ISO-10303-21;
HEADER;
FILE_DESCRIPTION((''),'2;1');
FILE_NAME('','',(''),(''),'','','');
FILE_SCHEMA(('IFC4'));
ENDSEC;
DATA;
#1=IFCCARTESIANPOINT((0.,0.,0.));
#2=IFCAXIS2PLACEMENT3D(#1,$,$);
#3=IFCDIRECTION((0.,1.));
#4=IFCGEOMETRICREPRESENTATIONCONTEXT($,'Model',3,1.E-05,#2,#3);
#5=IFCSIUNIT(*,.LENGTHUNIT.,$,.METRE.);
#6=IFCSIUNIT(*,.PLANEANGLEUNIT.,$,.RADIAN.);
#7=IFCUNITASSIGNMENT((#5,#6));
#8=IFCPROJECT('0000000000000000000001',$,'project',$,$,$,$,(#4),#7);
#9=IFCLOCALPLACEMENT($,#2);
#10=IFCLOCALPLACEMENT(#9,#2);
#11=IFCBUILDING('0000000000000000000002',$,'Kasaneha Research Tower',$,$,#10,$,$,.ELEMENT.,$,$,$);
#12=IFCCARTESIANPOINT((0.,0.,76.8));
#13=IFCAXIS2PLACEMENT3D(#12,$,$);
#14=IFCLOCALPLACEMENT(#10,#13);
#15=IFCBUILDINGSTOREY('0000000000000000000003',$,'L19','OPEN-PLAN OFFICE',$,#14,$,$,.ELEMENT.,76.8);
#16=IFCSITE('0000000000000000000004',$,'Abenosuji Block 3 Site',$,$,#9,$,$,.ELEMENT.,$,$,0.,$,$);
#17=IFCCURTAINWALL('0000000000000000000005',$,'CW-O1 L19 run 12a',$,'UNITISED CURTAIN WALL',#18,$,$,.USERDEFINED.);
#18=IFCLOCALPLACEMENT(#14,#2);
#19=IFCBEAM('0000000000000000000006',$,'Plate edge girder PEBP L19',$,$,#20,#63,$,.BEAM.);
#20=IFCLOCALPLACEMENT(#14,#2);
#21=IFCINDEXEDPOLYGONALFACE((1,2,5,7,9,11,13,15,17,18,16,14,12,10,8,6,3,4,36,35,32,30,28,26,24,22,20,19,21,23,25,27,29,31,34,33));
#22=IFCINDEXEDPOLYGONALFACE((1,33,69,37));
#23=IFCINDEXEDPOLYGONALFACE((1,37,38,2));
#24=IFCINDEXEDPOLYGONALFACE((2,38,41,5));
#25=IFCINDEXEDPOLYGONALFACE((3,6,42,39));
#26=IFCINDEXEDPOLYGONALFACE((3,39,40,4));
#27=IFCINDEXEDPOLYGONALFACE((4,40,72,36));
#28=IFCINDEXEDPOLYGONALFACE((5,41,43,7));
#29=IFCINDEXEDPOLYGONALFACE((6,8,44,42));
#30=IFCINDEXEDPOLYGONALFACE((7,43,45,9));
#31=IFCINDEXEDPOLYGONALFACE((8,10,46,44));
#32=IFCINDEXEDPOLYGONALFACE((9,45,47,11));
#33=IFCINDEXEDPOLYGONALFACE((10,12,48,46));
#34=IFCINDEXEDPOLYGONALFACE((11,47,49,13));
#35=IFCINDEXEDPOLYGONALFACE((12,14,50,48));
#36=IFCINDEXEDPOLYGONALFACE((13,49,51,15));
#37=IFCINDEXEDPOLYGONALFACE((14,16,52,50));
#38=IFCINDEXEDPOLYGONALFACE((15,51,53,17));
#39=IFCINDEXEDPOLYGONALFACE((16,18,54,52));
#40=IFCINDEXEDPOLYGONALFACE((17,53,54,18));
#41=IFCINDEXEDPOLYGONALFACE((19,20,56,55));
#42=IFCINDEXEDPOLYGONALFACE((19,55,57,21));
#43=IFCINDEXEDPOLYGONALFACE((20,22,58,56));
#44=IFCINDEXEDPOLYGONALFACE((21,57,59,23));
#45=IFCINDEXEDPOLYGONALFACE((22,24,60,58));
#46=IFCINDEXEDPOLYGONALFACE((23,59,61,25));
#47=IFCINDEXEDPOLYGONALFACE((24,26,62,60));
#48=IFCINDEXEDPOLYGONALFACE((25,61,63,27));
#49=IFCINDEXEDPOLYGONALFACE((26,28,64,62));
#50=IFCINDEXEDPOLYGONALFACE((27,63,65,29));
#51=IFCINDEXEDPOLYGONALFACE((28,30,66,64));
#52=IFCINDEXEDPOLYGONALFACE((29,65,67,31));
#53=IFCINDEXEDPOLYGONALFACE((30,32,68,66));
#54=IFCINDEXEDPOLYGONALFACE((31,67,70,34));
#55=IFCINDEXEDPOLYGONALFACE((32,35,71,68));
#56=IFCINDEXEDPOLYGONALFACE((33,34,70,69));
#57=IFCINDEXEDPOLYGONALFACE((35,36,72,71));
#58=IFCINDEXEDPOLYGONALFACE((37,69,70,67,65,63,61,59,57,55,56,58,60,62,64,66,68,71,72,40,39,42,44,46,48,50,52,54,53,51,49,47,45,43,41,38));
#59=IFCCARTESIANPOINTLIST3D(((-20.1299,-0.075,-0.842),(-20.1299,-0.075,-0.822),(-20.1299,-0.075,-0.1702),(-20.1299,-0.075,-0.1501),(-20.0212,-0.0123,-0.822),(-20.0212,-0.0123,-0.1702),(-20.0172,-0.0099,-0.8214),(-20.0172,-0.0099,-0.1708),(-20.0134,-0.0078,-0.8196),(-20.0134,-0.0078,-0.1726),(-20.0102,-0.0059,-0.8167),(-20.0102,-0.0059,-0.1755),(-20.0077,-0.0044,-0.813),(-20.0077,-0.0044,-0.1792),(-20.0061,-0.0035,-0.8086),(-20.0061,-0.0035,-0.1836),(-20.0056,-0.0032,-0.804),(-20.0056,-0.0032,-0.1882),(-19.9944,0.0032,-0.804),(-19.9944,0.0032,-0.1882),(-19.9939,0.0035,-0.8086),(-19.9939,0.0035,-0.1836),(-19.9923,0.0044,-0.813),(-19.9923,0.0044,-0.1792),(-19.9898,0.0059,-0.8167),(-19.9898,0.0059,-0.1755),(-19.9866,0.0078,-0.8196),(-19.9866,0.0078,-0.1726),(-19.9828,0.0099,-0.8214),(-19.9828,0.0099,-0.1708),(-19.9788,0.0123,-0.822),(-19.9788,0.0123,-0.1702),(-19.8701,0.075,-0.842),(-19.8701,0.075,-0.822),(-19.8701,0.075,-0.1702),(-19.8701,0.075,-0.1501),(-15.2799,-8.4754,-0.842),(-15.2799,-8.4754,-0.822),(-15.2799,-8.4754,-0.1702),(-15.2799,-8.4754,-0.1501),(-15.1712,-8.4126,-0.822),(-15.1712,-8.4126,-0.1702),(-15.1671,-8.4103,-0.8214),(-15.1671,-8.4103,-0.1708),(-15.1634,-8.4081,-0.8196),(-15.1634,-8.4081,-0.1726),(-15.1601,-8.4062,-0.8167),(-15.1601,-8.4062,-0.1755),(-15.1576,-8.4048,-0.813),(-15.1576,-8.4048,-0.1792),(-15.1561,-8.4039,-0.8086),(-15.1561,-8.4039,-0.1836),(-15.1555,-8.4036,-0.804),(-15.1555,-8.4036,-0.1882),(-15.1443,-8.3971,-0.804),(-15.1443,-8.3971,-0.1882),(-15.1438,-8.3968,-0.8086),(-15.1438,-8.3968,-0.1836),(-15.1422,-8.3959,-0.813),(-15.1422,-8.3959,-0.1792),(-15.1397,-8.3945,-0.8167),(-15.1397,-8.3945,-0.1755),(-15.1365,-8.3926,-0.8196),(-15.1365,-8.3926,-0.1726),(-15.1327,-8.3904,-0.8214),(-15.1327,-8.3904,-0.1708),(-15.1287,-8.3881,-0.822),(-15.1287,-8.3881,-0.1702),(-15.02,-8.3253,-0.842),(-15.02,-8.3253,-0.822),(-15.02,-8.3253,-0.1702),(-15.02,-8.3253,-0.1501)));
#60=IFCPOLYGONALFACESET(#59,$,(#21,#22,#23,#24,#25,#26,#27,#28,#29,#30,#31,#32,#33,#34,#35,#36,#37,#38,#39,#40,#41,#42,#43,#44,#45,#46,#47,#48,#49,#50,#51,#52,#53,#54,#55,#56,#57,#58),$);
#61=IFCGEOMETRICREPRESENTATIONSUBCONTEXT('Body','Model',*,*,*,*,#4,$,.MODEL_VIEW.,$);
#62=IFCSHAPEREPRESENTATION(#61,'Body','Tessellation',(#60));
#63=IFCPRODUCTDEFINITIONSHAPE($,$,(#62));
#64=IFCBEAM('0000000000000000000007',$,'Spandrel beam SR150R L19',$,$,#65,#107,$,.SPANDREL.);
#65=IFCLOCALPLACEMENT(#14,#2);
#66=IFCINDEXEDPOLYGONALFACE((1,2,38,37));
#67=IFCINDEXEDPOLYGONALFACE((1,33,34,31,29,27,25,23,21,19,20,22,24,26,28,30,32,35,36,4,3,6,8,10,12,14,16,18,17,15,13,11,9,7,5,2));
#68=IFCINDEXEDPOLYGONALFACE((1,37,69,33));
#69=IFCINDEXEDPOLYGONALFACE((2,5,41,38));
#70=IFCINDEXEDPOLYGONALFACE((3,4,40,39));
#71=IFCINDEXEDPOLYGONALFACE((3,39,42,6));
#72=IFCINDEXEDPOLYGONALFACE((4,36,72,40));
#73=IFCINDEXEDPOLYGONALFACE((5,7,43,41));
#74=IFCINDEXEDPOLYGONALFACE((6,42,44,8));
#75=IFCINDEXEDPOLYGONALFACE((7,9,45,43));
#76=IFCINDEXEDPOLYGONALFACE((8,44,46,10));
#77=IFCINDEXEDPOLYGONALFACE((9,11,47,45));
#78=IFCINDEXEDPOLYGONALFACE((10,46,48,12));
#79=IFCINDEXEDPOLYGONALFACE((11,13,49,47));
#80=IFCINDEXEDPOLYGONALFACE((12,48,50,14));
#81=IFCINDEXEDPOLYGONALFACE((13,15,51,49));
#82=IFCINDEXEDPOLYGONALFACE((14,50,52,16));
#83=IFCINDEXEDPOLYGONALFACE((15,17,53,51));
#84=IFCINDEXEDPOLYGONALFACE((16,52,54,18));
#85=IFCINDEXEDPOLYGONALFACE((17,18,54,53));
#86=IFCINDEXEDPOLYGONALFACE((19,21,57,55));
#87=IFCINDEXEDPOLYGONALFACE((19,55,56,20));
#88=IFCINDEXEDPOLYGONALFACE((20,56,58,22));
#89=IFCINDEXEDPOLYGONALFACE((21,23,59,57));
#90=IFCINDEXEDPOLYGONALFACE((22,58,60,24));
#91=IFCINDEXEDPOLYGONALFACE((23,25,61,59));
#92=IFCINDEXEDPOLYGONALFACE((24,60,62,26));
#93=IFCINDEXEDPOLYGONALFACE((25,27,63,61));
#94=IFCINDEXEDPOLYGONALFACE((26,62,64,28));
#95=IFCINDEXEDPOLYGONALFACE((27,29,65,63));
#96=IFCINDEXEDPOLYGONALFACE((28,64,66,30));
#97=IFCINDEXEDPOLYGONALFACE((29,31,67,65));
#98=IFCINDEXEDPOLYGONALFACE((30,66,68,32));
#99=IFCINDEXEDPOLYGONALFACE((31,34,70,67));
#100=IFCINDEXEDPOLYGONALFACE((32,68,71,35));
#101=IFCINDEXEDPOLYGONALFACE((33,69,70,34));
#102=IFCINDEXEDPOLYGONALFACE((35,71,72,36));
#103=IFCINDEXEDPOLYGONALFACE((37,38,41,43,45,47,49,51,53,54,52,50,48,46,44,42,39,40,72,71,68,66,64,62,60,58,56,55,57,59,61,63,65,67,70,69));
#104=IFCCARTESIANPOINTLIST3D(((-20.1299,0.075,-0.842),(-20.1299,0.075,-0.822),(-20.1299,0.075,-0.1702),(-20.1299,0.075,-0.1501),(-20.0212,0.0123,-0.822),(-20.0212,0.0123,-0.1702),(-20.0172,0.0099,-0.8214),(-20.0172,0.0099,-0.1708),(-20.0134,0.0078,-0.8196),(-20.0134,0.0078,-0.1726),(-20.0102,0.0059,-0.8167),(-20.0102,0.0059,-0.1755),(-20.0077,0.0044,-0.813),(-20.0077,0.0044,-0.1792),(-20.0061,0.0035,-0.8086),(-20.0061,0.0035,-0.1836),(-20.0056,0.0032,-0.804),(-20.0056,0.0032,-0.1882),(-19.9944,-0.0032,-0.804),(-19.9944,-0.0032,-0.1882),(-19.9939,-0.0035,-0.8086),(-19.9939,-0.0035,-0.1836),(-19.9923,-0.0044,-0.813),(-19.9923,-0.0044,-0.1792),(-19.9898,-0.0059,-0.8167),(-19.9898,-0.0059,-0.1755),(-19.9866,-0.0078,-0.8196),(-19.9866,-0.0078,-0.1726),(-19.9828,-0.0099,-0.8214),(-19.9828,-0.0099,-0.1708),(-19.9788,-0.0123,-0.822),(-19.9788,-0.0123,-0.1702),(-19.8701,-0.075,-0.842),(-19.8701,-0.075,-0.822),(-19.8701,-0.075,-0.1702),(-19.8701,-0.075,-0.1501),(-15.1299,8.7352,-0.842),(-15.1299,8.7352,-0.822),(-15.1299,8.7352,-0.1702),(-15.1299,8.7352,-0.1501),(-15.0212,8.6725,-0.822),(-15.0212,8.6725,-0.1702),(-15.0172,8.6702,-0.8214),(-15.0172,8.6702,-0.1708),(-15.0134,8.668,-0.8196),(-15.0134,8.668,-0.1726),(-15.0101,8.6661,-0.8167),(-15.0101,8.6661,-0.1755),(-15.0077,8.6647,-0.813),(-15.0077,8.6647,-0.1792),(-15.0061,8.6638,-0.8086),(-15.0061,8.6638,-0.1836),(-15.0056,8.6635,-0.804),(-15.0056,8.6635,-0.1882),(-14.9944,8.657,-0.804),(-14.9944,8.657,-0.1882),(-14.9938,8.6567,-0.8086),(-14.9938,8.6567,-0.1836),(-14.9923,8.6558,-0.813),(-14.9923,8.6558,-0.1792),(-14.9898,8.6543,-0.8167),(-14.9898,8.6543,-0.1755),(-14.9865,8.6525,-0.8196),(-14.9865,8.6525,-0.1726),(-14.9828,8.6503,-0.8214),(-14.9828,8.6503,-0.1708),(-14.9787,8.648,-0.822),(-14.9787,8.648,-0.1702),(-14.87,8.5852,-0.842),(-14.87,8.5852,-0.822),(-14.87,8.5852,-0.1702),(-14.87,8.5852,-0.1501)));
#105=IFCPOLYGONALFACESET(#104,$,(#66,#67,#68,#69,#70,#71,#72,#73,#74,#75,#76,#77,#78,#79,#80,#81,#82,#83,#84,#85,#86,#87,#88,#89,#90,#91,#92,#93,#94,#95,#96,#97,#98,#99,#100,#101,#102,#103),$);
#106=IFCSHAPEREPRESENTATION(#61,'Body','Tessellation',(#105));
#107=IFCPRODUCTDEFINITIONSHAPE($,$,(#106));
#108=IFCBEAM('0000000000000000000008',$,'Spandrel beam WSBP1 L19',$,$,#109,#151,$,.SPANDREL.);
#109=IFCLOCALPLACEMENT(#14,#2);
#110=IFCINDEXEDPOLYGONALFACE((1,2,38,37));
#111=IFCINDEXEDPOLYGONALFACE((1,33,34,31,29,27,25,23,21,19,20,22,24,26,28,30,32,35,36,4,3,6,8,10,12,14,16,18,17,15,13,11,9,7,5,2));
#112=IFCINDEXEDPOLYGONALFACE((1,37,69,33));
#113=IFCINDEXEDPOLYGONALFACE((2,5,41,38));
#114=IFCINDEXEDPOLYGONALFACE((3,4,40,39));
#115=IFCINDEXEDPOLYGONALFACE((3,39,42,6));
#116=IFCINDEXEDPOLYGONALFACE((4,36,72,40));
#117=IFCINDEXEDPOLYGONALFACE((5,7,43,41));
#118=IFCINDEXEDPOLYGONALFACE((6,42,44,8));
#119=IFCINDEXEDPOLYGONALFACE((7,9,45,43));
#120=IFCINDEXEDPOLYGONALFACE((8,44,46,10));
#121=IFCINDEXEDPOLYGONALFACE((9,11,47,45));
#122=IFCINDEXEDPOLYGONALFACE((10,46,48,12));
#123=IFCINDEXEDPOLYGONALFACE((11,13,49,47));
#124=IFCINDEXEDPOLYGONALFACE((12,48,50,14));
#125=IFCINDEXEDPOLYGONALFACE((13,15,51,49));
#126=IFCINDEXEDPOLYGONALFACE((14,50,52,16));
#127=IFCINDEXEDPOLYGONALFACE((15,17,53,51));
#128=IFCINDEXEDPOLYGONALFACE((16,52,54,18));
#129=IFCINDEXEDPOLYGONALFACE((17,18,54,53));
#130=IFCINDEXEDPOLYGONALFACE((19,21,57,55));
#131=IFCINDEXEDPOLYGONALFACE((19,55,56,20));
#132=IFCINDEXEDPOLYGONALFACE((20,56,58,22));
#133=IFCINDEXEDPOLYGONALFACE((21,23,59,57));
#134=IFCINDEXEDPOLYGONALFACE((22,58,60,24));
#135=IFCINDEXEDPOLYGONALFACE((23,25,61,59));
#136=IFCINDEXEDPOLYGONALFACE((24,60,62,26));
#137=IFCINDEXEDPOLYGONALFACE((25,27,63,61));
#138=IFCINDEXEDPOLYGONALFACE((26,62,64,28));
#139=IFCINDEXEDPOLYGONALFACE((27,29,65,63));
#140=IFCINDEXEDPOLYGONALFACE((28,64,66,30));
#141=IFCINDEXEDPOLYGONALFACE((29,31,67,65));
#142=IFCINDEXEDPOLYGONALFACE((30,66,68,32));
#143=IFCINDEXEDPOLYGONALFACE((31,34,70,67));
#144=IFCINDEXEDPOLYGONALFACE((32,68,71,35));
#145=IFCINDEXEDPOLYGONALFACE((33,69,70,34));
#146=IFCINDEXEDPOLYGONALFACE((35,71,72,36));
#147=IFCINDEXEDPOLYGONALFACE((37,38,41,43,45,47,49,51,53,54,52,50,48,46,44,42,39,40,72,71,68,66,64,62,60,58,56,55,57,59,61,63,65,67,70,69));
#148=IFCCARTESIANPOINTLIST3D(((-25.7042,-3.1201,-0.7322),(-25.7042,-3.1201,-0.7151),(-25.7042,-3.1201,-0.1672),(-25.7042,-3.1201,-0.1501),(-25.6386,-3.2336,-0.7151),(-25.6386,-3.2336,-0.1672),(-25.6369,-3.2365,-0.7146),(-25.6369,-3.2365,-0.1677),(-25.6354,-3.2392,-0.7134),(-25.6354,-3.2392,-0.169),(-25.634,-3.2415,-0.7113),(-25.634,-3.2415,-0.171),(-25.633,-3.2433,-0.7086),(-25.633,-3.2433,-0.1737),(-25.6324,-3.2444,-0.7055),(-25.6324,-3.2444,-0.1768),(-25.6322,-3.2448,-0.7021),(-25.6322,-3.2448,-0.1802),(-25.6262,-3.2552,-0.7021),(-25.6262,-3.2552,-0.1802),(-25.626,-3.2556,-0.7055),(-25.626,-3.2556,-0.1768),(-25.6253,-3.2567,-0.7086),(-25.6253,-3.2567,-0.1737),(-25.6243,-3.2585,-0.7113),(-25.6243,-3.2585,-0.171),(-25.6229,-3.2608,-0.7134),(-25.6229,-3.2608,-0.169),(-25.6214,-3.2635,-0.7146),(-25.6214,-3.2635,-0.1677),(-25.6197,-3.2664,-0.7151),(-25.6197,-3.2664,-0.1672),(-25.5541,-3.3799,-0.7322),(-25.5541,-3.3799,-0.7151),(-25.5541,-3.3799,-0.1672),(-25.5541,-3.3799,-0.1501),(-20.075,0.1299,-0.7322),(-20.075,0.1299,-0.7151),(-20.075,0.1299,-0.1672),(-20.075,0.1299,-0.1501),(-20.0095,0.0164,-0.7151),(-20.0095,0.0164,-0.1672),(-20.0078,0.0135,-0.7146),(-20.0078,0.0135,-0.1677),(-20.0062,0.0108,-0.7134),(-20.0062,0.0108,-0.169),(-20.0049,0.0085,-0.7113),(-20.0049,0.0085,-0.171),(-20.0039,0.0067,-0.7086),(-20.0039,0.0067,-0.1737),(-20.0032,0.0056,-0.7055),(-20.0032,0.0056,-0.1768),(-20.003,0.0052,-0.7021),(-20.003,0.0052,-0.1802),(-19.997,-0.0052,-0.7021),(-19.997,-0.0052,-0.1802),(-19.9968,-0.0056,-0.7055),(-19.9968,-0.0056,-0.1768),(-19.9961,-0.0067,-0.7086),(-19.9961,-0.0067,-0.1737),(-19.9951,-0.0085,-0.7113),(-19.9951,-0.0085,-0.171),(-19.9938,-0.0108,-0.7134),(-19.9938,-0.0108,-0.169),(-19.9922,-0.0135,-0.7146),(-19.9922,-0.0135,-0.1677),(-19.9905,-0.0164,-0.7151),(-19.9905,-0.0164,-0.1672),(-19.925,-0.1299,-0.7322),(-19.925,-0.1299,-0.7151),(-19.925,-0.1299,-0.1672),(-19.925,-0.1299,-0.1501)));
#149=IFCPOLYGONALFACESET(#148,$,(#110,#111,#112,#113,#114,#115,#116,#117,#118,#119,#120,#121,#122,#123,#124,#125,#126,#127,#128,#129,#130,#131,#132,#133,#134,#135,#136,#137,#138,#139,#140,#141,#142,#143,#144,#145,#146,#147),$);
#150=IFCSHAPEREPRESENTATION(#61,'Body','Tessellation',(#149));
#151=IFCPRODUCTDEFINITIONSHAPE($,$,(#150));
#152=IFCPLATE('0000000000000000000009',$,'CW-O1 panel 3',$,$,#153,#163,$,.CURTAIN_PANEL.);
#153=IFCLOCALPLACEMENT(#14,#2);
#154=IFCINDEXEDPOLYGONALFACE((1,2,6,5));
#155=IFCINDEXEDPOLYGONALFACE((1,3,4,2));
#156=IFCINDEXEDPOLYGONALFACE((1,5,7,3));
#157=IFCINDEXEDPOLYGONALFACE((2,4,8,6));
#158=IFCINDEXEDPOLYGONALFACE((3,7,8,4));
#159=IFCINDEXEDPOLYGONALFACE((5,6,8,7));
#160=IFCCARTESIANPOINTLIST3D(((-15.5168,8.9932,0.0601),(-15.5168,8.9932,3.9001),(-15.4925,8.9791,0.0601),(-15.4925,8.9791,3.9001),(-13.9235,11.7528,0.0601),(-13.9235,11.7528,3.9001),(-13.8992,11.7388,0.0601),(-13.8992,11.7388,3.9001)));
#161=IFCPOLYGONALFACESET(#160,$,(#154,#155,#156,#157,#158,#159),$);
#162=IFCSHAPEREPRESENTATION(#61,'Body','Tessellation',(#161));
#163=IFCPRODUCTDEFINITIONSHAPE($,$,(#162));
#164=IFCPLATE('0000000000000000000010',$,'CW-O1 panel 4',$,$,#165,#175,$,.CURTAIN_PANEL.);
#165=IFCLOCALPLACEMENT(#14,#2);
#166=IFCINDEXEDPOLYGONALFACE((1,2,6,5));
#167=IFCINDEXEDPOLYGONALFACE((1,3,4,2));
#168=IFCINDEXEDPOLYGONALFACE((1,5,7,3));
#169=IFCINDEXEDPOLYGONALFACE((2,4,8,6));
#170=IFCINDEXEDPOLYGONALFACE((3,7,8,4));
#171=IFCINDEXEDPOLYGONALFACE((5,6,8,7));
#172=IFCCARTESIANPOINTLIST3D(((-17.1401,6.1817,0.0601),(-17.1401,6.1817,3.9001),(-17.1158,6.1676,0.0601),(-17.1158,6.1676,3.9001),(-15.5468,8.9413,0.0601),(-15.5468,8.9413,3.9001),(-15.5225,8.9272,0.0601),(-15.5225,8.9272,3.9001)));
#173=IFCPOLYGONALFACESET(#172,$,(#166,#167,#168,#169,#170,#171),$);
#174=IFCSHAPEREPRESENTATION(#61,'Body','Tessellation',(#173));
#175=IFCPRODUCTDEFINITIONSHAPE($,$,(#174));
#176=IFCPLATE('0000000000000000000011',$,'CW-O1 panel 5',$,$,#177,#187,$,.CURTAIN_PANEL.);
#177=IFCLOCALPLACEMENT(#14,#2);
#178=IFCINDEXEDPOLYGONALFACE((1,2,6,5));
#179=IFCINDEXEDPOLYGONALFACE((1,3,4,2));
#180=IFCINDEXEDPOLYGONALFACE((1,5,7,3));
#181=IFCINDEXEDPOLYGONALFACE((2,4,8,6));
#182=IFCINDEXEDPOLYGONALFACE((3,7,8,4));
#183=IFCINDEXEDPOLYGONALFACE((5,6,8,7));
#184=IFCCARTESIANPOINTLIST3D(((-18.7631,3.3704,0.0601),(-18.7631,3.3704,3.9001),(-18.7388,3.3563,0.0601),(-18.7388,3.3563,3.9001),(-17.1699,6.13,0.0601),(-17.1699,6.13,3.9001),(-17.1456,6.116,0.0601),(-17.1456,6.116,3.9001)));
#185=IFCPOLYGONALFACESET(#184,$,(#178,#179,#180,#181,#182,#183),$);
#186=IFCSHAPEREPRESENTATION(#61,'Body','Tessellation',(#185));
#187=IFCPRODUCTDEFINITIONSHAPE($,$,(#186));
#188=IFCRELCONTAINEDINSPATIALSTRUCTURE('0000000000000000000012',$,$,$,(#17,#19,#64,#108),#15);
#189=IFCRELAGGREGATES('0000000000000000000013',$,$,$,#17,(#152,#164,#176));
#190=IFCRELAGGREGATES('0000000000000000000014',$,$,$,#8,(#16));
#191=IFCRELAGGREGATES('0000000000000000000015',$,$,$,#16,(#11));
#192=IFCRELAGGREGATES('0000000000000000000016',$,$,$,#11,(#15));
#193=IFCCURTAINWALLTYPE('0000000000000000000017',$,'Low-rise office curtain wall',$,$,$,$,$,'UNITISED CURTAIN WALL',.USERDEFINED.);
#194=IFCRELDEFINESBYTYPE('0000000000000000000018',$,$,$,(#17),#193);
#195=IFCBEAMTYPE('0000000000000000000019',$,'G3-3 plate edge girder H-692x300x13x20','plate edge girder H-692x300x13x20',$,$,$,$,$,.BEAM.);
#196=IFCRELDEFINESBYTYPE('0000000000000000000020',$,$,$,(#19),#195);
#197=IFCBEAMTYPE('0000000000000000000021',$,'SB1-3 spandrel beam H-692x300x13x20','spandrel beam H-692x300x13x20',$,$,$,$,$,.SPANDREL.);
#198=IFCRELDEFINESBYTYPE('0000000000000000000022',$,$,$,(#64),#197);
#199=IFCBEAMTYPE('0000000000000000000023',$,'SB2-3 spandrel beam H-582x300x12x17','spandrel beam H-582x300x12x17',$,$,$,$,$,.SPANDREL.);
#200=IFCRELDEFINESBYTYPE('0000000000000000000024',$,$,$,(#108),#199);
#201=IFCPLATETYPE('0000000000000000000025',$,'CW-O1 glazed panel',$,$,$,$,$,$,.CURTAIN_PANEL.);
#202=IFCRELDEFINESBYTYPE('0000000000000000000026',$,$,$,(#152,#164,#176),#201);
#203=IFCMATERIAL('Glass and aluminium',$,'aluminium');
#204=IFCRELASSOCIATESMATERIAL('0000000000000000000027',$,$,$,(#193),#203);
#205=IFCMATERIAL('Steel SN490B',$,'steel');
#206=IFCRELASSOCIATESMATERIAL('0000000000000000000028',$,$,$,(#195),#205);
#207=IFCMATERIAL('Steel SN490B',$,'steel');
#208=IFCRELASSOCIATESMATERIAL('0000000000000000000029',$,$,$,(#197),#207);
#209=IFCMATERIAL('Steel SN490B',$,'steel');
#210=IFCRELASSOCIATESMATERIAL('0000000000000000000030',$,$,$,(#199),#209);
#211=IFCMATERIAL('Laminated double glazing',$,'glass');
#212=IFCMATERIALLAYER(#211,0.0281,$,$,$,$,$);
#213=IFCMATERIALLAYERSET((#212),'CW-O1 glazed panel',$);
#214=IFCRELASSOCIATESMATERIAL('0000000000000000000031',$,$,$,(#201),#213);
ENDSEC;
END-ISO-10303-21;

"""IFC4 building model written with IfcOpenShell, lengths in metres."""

from ifc_helpers import new_model, si_unit, direction, frame, origin, origin_2d, place, context, subcontext, project, spatial, rectangle, i_section, extrude, material, layer, layer_set, material_profile, profile_set, type_object, element, aggregate, save


model = new_model("IFC4")

# Units and contexts
model_context = context("Model", 3, precision=1e-05, world=origin(), true_north=direction((0.0, 1.0)))
body_context = subcontext(model_context, "Body", "Model", "MODEL_VIEW")
ifc_project = project(units=[si_unit("LENGTHUNIT", "METRE"), si_unit("PLANEANGLEUNIT", "RADIAN")], contexts=[model_context])

# Site, building, storey
site_placement = place(None, origin())
site = spatial("IfcSite", under=ifc_project, at=site_placement, Name="Abenosuji Block 3 Site", CompositionType="ELEMENT", RefElevation=0.0)
building_placement = place(site_placement, origin())
building = spatial("IfcBuilding", under=site, at=building_placement, Name="Kasaneha Research Tower", CompositionType="ELEMENT")
storey_placement = place(building_placement, frame((0.0, 0.0, 76.8)))
storey = spatial("IfcBuildingStorey", under=building, at=storey_placement, Name="L19", Description="OPEN-PLAN OFFICE", CompositionType="ELEMENT", Elevation=76.8)

# Curtain wall
ifc_material_1 = material(Name="Glass and aluminium", Category="aluminium")
curtain_wall_type = type_object("IfcCurtainWallType", Name="Low-rise office curtain wall", ElementType="UNITISED CURTAIN WALL", PredefinedType="USERDEFINED", material=ifc_material_1)
curtain_wall_1_placement = place(storey_placement, origin())
curtain_wall_1 = element("IfcCurtainWall", 1, at=curtain_wall_1_placement, inside=storey, type_object=curtain_wall_type, Name="CW-O1 L19 run 12a", ObjectType="UNITISED CURTAIN WALL", PredefinedType="USERDEFINED")

# Beams
ifc_material_2 = material(Name="Steel SN490B", Category="steel")
ifc_material_profile_1 = material_profile(ifc_material_2, i_section(OverallWidth=0.3, OverallDepth=0.6919, WebThickness=0.0129, FlangeThickness=0.02, FilletRadius=0.0181, at=origin_2d()), Name="H-692x300x13x20")
ifc_profile_set_1 = profile_set([ifc_material_profile_1], Name="Steel SN490B")
beam_type_1 = type_object("IfcBeamType", Name="G3-3 plate edge girder H-692x300x13x20", Description="plate edge girder H-692x300x13x20", PredefinedType="BEAM", material=ifc_profile_set_1)
beam_1_placement = place(storey_placement, frame((-20.0, 0.0, -0.4961), z_axis=(0.50001, -0.86602, 0.0), x_axis=(0.86602, 0.50001, 0.0)))
element("IfcBeam", 2, at=beam_1_placement, inside=storey, type_object=beam_type_1, Name="Plate edge girder PEBP L19", PredefinedType="BEAM", context=body_context, shape_type="SweptSolid", body=[
    extrude(i_section(OverallWidth=0.3, OverallDepth=0.6919, WebThickness=0.0129, FlangeThickness=0.02, FilletRadius=0.0181, at=origin_2d()), origin(), (0.0, 0.0, 1.0), 9.7),
])
ifc_material_3 = material(Name="Steel SN490B", Category="steel")
ifc_material_profile_2 = material_profile(ifc_material_3, i_section(OverallWidth=0.3, OverallDepth=0.6919, WebThickness=0.0129, FlangeThickness=0.02, FilletRadius=0.0181, at=origin_2d()), Name="H-692x300x13x20")
ifc_profile_set_2 = profile_set([ifc_material_profile_2], Name="Steel SN490B")
beam_type_2 = type_object("IfcBeamType", Name="SB1-3 spandrel beam H-692x300x13x20", Description="spandrel beam H-692x300x13x20", PredefinedType="SPANDREL", material=ifc_profile_set_2)
beam_2_placement = place(storey_placement, frame((-20.0, 0.0, -0.4961), z_axis=(0.500004, 0.866023, 0.0), x_axis=(-0.866023, 0.500004, 0.0)))
element("IfcBeam", 3, at=beam_2_placement, inside=storey, type_object=beam_type_2, Name="Spandrel beam SR150R L19", PredefinedType="SPANDREL", context=body_context, shape_type="SweptSolid", body=[
    extrude(i_section(OverallWidth=0.3, OverallDepth=0.6919, WebThickness=0.0129, FlangeThickness=0.02, FilletRadius=0.0181, at=origin_2d()), origin(), (0.0, 0.0, 1.0), 10.0),
])
ifc_material_4 = material(Name="Steel SN490B", Category="steel")
ifc_material_profile_3 = material_profile(ifc_material_4, i_section(OverallWidth=0.3, OverallDepth=0.582, WebThickness=0.012, FlangeThickness=0.0171, FilletRadius=0.0129, at=origin_2d()), Name="H-582x300x12x17")
ifc_profile_set_3 = profile_set([ifc_material_profile_3], Name="Steel SN490B")
beam_type_3 = type_object("IfcBeamType", Name="SB2-3 spandrel beam H-582x300x12x17", Description="spandrel beam H-582x300x12x17", PredefinedType="SPANDREL", material=ifc_profile_set_3)
beam_3_placement = place(storey_placement, frame((-20.0, 0.0, -0.4412), z_axis=(-0.866025, -0.500001, 0.0), x_axis=(0.500001, -0.866025, 0.0)))
element("IfcBeam", 4, at=beam_3_placement, inside=storey, type_object=beam_type_3, Name="Spandrel beam WSBP1 L19", PredefinedType="SPANDREL", context=body_context, shape_type="SweptSolid", body=[
    extrude(i_section(OverallWidth=0.3, OverallDepth=0.582, WebThickness=0.012, FlangeThickness=0.0171, FilletRadius=0.0129, at=origin_2d()), origin(), (0.0, 0.0, 1.0), 6.5),
])

# Plates
ifc_material_5 = material(Name="Laminated double glazing", Category="glass")
ifc_layer_1 = layer(ifc_material_5, 0.0281)
ifc_layer_set_1 = layer_set([ifc_layer_1], Name="CW-O1 glazed panel")
plate_type = type_object("IfcPlateType", Name="CW-O1 glazed panel", PredefinedType="CURTAIN_PANEL", material=ifc_layer_set_1)
plate_1_placement = place(storey_placement, frame((-14.708, 10.366, 0.0601), z_axis=(0.0, 0.0, 1.0), x_axis=(-0.5, -0.866025, 0.0)))
plate_1 = element("IfcPlate", 5, at=plate_1_placement, type_object=plate_type, Name="CW-O1 panel 3", PredefinedType="CURTAIN_PANEL", context=body_context, shape_type="SweptSolid", body=[
    extrude(rectangle(XDim=3.1865, YDim=0.0281, at=origin_2d()), origin(), (0.0, 0.0, 1.0), 3.8401),
])
plate_2_placement = place(storey_placement, frame((-16.3313, 7.5544, 0.0601), z_axis=(0.0, 0.0, 1.0), x_axis=(-0.5, -0.866025, 0.0)))
plate_2 = element("IfcPlate", 6, at=plate_2_placement, type_object=plate_type, Name="CW-O1 panel 4", PredefinedType="CURTAIN_PANEL", context=body_context, shape_type="SweptSolid", body=[
    extrude(rectangle(XDim=3.1865, YDim=0.0281, at=origin_2d()), origin(), (0.0, 0.0, 1.0), 3.8401),
])
plate_3_placement = place(storey_placement, frame((-17.9543, 4.7432, 0.0601), z_axis=(0.0, 0.0, 1.0), x_axis=(-0.5, -0.866025, 0.0)))
plate_3 = element("IfcPlate", 7, at=plate_3_placement, type_object=plate_type, Name="CW-O1 panel 5", PredefinedType="CURTAIN_PANEL", context=body_context, shape_type="SweptSolid", body=[
    extrude(rectangle(XDim=3.1865, YDim=0.0281, at=origin_2d()), origin(), (0.0, 0.0, 1.0), 3.8401),
])
aggregate(curtain_wall_1, [plate_1, plate_2, plate_3])

save(model, "model.ifc")
